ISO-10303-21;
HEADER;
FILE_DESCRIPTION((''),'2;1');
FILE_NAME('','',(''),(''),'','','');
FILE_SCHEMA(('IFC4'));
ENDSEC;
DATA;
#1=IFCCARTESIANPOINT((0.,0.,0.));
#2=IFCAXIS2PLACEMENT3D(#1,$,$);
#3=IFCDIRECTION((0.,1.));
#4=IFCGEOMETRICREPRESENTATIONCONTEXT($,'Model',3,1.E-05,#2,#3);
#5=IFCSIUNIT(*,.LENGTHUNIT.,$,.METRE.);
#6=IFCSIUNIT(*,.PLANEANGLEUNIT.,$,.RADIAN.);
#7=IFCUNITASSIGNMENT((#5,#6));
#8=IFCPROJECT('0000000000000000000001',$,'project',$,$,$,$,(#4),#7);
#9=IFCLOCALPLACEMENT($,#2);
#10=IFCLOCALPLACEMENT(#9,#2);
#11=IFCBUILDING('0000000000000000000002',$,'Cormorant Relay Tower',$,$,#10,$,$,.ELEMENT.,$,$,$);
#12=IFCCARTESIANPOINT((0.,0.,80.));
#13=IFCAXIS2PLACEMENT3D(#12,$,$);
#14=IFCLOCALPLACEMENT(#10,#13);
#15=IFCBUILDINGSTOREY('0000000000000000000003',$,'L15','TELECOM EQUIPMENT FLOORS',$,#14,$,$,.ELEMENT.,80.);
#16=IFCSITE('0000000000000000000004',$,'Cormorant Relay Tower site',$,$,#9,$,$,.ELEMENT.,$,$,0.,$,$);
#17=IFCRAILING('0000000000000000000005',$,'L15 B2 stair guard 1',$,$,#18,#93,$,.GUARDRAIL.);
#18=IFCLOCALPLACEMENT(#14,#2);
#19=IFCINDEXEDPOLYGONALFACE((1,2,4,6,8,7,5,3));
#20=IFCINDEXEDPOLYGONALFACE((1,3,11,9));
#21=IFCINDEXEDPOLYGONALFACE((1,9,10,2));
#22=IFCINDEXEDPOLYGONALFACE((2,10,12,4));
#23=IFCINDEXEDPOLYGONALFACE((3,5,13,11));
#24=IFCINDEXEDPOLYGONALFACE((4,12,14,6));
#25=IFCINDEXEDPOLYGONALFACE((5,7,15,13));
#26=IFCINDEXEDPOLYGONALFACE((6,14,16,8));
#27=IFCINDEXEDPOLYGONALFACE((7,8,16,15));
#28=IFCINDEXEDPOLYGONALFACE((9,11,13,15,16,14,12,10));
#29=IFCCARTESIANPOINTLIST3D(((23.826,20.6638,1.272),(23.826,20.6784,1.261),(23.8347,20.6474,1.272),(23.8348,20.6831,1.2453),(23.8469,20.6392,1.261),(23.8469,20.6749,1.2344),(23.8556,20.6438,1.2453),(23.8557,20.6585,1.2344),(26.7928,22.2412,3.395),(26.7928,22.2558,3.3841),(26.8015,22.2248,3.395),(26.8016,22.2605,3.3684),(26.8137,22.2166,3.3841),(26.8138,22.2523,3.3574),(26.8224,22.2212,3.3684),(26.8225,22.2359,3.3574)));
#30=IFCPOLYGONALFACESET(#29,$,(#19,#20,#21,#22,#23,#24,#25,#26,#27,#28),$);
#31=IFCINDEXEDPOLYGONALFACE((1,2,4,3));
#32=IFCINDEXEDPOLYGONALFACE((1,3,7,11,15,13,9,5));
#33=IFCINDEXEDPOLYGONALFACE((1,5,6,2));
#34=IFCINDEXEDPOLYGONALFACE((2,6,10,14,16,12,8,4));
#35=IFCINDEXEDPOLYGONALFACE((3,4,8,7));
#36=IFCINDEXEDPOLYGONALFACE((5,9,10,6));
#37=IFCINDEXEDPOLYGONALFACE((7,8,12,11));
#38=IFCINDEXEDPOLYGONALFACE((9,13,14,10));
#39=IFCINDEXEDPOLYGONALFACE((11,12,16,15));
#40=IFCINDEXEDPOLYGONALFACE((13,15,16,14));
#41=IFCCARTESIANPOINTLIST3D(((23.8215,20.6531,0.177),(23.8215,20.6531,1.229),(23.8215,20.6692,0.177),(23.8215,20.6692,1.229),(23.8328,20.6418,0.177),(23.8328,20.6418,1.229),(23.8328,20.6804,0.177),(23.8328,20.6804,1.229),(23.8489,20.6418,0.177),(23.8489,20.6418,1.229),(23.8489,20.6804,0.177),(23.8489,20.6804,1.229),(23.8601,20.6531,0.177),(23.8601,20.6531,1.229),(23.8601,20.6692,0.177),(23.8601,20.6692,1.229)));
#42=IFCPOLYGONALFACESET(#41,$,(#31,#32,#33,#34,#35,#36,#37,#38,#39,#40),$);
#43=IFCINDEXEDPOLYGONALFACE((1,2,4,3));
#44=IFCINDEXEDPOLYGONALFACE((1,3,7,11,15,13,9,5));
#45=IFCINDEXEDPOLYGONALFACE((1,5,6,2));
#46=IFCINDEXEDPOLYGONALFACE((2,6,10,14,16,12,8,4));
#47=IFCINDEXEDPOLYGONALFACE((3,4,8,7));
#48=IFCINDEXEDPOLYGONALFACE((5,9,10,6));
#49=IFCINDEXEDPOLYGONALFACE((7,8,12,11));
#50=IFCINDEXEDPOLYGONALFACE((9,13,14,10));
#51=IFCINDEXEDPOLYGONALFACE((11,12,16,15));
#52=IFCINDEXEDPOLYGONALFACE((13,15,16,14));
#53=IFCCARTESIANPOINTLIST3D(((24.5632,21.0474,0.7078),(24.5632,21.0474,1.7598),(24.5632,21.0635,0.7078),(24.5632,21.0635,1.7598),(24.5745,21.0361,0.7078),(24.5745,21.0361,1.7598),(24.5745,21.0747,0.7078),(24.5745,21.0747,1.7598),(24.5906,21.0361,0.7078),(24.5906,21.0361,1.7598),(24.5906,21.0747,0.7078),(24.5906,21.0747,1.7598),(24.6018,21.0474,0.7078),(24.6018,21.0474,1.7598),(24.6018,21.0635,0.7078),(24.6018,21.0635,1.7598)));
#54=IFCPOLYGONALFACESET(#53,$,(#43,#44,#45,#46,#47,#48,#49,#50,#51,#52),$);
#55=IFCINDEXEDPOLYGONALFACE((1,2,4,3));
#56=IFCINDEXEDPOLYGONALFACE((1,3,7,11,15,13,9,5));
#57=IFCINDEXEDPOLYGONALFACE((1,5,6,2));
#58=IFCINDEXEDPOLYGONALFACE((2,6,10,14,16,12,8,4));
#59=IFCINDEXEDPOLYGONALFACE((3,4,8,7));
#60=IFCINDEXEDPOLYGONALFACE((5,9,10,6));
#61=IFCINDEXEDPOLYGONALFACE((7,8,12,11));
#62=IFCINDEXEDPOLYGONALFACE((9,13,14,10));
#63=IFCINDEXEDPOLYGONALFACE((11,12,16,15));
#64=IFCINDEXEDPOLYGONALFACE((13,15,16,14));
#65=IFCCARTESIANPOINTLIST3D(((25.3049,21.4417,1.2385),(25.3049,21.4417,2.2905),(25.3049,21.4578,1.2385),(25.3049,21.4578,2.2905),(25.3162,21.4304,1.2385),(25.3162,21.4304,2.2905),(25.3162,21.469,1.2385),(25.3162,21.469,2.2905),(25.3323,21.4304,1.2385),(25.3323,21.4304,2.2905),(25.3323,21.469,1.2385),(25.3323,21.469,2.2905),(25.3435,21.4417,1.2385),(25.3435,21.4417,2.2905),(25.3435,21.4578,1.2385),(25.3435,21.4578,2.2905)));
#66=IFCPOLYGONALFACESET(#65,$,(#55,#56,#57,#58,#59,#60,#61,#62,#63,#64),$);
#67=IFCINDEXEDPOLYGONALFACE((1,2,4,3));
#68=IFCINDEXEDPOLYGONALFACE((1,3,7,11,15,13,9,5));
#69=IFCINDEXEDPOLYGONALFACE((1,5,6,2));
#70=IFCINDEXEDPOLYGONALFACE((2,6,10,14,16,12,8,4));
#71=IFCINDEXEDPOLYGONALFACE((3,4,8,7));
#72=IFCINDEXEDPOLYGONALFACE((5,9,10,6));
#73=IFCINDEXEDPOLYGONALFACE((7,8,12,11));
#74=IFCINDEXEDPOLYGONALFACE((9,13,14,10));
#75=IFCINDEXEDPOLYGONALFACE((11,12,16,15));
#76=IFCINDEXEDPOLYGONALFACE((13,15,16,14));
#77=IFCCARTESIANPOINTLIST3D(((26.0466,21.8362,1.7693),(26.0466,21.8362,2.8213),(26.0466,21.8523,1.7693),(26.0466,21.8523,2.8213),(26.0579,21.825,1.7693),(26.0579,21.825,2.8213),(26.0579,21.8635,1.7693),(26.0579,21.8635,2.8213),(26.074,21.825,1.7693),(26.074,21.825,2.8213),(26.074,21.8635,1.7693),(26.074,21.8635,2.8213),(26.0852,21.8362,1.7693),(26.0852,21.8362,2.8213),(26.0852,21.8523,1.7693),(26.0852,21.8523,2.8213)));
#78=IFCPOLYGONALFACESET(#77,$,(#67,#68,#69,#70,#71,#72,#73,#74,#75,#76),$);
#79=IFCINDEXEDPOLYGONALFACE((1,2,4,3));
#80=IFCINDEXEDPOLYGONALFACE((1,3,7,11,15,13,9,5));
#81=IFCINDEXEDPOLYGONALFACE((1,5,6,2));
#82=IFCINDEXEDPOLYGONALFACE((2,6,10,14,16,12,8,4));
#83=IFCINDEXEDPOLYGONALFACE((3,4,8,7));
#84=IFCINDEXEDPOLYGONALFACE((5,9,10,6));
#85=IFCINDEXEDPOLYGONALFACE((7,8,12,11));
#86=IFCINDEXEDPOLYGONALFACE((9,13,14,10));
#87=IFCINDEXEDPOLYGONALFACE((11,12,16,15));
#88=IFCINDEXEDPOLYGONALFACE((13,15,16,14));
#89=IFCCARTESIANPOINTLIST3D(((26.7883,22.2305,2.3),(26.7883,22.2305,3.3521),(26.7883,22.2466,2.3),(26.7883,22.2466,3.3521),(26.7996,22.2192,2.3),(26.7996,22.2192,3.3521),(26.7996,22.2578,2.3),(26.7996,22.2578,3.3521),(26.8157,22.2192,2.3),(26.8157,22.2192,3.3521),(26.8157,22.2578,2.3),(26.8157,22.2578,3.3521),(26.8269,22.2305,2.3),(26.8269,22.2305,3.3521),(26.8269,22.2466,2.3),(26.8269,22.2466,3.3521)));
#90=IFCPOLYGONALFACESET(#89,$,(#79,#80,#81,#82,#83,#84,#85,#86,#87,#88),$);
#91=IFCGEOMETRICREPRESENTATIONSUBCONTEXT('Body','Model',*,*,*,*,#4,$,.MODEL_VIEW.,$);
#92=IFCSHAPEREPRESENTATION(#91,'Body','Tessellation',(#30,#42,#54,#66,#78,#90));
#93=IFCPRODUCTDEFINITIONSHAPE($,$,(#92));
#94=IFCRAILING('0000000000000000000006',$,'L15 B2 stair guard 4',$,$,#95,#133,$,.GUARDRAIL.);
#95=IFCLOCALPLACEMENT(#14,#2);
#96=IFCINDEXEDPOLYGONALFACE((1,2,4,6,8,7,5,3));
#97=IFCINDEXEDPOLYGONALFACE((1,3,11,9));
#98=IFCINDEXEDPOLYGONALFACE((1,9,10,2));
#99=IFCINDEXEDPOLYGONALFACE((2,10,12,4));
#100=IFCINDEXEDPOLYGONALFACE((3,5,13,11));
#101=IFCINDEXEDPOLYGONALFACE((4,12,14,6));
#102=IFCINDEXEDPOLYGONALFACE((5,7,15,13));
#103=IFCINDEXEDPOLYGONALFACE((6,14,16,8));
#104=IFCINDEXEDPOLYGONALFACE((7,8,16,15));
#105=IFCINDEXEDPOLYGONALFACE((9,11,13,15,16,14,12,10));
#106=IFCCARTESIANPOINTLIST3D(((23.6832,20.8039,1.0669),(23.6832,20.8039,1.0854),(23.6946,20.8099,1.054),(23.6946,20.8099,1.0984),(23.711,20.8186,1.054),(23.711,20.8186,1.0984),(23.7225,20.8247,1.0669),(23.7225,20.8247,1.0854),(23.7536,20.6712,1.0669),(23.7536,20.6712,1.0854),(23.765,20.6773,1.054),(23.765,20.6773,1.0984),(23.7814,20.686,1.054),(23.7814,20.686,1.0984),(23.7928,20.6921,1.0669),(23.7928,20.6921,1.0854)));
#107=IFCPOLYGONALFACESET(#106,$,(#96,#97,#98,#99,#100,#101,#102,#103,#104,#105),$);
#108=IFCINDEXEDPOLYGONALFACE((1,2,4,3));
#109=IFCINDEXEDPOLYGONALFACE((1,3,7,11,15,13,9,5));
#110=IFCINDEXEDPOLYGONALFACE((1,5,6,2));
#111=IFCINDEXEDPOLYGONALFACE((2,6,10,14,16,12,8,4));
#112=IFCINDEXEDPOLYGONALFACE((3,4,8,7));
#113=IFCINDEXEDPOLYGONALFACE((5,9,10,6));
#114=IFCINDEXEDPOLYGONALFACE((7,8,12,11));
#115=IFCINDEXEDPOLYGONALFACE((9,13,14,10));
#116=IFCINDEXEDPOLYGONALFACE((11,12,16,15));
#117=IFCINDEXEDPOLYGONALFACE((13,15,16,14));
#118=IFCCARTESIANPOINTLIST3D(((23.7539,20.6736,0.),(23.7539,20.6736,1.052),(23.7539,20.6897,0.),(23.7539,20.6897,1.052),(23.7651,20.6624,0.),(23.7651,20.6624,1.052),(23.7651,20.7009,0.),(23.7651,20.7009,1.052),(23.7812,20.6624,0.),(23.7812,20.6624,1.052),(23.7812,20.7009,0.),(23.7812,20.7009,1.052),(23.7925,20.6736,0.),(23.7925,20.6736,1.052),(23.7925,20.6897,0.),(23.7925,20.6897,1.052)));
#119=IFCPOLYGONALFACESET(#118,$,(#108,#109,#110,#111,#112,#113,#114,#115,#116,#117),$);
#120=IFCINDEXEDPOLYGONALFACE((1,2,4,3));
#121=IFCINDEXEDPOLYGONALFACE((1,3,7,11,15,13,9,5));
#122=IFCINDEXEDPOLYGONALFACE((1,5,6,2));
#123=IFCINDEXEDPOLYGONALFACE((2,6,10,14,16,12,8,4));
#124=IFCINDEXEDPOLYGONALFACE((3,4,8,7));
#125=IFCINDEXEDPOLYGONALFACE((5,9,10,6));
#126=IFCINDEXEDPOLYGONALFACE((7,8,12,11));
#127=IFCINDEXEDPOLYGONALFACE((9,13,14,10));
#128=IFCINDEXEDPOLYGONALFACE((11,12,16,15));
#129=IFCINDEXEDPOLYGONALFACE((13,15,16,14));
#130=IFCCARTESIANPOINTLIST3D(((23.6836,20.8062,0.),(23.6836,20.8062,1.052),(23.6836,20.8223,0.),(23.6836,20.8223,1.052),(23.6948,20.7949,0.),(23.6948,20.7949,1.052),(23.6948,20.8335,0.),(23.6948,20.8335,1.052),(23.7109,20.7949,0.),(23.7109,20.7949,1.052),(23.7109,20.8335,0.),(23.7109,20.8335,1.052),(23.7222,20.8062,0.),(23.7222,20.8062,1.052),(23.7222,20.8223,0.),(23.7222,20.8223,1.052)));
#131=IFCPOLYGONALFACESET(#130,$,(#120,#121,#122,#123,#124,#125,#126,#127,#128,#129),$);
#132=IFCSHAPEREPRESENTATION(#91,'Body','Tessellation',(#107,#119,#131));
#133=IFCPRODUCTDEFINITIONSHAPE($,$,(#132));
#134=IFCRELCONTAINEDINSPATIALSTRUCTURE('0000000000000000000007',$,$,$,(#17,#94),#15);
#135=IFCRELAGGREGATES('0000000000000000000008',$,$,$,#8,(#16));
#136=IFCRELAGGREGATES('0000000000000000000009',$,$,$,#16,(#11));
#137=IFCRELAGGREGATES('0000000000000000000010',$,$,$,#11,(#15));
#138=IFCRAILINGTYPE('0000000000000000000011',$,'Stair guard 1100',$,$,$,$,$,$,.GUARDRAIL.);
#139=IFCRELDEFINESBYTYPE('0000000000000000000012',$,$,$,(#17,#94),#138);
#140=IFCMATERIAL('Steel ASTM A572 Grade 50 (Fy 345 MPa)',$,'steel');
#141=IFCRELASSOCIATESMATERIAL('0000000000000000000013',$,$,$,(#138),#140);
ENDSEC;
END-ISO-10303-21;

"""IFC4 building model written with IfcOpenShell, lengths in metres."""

from ifc_helpers import new_model, si_unit, direction, frame, origin, place, context, subcontext, project, spatial, polyline, outline, extrude, material, type_object, element, save


model = new_model("IFC4")

# Units and contexts
model_context = context("Model", 3, precision=1e-05, world=origin(), true_north=direction((0.0, 1.0)))
body_context = subcontext(model_context, "Body", "Model", "MODEL_VIEW")
ifc_project = project(units=[si_unit("LENGTHUNIT", "METRE"), si_unit("PLANEANGLEUNIT", "RADIAN")], contexts=[model_context])

# Site, building, storey
site_placement = place(None, origin())
site = spatial("IfcSite", under=ifc_project, at=site_placement, Name="Cormorant Relay Tower site", CompositionType="ELEMENT", RefElevation=0.0)
building_placement = place(site_placement, origin())
building = spatial("IfcBuilding", under=site, at=building_placement, Name="Cormorant Relay Tower", CompositionType="ELEMENT")
storey_placement = place(building_placement, frame((0.0, 0.0, 80.0)))
storey = spatial("IfcBuildingStorey", under=building, at=storey_placement, Name="L15", Description="TELECOM EQUIPMENT FLOORS", CompositionType="ELEMENT", Elevation=80.0)

# Railings
ifc_material_1 = material(Name="Steel ASTM A572 Grade 50 (Fy 345 MPa)", Category="steel")
railing_type_1 = type_object("IfcRailingType", Name="Stair guard 1100", PredefinedType="GUARDRAIL", material=ifc_material_1)
railing_1_placement = place(storey_placement, frame((23.8408, 20.6611, 0.177)))
element("IfcRailing", 1, at=railing_1_placement, inside=storey, type_object=railing_type_1, Name="L15 B2 stair guard 1", PredefinedType="GUARDRAIL", context=body_context, shape_type="SweptSolid", body=[
    extrude(outline(polyline([(0.0222, 0.0093), (0.0093, 0.0222), (-0.0093, 0.0222), (-0.0222, 0.0093), (-0.0222, -0.0093), (-0.0093, -0.0222), (0.0093, -0.0222), (0.0222, -0.0093), (0.0222, 0.0093)])), frame((0.0, 0.0, 1.0762), z_axis=(0.746441, 0.396869, 0.534155), x_axis=(-0.469453, 0.882958, 0.0)), (0.0, 0.0, 1.0), 3.9746),
    extrude(outline(polyline([(0.0193, 0.0081), (0.0081, 0.0193), (-0.0081, 0.0193), (-0.0193, 0.0081), (-0.0193, -0.0081), (-0.0081, -0.0193), (0.0081, -0.0193), (0.0193, -0.0081), (0.0193, 0.0081)])), origin(), (0.0, 0.0, 1.0), 1.052),
    extrude(outline(polyline([(0.0193, 0.0081), (0.0081, 0.0193), (-0.0081, 0.0193), (-0.0193, 0.0081), (-0.0193, -0.0081), (-0.0081, -0.0193), (0.0081, -0.0193), (0.0193, -0.0081), (0.0193, 0.0081)])), frame((0.7417, 0.3943, 0.5308)), (0.0, 0.0, 1.0), 1.052),
    extrude(outline(polyline([(0.0193, 0.0081), (0.0081, 0.0193), (-0.0081, 0.0193), (-0.0193, 0.0081), (-0.0193, -0.0081), (-0.0081, -0.0193), (0.0081, -0.0193), (0.0193, -0.0081), (0.0193, 0.0081)])), frame((1.4834, 0.7886, 1.0615)), (0.0, 0.0, 1.0), 1.052),
    extrude(outline(polyline([(0.0193, 0.0081), (0.0081, 0.0193), (-0.0081, 0.0193), (-0.0193, 0.0081), (-0.0193, -0.0081), (-0.0081, -0.0193), (0.0081, -0.0193), (0.0193, -0.0081), (0.0193, 0.0081)])), frame((2.2251, 1.1831, 1.5923)), (0.0, 0.0, 1.0), 1.052),
    extrude(outline(polyline([(0.0193, 0.0081), (0.0081, 0.0193), (-0.0081, 0.0193), (-0.0193, 0.0081), (-0.0193, -0.0081), (-0.0081, -0.0193), (0.0081, -0.0193), (0.0193, -0.0081), (0.0193, 0.0081)])), frame((2.9668, 1.5774, 2.123)), (0.0, 0.0, 1.0), 1.052),
])
railing_2_placement = place(storey_placement, frame((23.7732, 20.6816, 0.0)))
element("IfcRailing", 2, at=railing_2_placement, inside=storey, type_object=railing_type_1, Name="L15 B2 stair guard 4", PredefinedType="GUARDRAIL", context=body_context, shape_type="SweptSolid", body=[
    extrude(outline(polyline([(0.0222, 0.0093), (0.0093, 0.0222), (-0.0093, 0.0222), (-0.0222, 0.0093), (-0.0222, -0.0093), (-0.0093, -0.0222), (0.0093, -0.0222), (0.0222, -0.0093), (0.0222, 0.0093)])), frame((0.0, 0.0, 1.0762), z_axis=(-0.46856, 0.883431, 0.0), x_axis=(-0.883431, -0.46856, 0.0)), (0.0, 0.0, 1.0), 0.1501),
    extrude(outline(polyline([(0.0193, 0.0081), (0.0081, 0.0193), (-0.0081, 0.0193), (-0.0193, 0.0081), (-0.0193, -0.0081), (-0.0081, -0.0193), (0.0081, -0.0193), (0.0193, -0.0081), (0.0193, 0.0081)])), origin(), (0.0, 0.0, 1.0), 1.052),
    extrude(outline(polyline([(0.0193, 0.0081), (0.0081, 0.0193), (-0.0081, 0.0193), (-0.0193, 0.0081), (-0.0193, -0.0081), (-0.0081, -0.0193), (0.0081, -0.0193), (0.0193, -0.0081), (0.0193, 0.0081)])), frame((-0.0703, 0.1326, 0.0)), (0.0, 0.0, 1.0), 1.052),
])

save(model, "model.ifc")
